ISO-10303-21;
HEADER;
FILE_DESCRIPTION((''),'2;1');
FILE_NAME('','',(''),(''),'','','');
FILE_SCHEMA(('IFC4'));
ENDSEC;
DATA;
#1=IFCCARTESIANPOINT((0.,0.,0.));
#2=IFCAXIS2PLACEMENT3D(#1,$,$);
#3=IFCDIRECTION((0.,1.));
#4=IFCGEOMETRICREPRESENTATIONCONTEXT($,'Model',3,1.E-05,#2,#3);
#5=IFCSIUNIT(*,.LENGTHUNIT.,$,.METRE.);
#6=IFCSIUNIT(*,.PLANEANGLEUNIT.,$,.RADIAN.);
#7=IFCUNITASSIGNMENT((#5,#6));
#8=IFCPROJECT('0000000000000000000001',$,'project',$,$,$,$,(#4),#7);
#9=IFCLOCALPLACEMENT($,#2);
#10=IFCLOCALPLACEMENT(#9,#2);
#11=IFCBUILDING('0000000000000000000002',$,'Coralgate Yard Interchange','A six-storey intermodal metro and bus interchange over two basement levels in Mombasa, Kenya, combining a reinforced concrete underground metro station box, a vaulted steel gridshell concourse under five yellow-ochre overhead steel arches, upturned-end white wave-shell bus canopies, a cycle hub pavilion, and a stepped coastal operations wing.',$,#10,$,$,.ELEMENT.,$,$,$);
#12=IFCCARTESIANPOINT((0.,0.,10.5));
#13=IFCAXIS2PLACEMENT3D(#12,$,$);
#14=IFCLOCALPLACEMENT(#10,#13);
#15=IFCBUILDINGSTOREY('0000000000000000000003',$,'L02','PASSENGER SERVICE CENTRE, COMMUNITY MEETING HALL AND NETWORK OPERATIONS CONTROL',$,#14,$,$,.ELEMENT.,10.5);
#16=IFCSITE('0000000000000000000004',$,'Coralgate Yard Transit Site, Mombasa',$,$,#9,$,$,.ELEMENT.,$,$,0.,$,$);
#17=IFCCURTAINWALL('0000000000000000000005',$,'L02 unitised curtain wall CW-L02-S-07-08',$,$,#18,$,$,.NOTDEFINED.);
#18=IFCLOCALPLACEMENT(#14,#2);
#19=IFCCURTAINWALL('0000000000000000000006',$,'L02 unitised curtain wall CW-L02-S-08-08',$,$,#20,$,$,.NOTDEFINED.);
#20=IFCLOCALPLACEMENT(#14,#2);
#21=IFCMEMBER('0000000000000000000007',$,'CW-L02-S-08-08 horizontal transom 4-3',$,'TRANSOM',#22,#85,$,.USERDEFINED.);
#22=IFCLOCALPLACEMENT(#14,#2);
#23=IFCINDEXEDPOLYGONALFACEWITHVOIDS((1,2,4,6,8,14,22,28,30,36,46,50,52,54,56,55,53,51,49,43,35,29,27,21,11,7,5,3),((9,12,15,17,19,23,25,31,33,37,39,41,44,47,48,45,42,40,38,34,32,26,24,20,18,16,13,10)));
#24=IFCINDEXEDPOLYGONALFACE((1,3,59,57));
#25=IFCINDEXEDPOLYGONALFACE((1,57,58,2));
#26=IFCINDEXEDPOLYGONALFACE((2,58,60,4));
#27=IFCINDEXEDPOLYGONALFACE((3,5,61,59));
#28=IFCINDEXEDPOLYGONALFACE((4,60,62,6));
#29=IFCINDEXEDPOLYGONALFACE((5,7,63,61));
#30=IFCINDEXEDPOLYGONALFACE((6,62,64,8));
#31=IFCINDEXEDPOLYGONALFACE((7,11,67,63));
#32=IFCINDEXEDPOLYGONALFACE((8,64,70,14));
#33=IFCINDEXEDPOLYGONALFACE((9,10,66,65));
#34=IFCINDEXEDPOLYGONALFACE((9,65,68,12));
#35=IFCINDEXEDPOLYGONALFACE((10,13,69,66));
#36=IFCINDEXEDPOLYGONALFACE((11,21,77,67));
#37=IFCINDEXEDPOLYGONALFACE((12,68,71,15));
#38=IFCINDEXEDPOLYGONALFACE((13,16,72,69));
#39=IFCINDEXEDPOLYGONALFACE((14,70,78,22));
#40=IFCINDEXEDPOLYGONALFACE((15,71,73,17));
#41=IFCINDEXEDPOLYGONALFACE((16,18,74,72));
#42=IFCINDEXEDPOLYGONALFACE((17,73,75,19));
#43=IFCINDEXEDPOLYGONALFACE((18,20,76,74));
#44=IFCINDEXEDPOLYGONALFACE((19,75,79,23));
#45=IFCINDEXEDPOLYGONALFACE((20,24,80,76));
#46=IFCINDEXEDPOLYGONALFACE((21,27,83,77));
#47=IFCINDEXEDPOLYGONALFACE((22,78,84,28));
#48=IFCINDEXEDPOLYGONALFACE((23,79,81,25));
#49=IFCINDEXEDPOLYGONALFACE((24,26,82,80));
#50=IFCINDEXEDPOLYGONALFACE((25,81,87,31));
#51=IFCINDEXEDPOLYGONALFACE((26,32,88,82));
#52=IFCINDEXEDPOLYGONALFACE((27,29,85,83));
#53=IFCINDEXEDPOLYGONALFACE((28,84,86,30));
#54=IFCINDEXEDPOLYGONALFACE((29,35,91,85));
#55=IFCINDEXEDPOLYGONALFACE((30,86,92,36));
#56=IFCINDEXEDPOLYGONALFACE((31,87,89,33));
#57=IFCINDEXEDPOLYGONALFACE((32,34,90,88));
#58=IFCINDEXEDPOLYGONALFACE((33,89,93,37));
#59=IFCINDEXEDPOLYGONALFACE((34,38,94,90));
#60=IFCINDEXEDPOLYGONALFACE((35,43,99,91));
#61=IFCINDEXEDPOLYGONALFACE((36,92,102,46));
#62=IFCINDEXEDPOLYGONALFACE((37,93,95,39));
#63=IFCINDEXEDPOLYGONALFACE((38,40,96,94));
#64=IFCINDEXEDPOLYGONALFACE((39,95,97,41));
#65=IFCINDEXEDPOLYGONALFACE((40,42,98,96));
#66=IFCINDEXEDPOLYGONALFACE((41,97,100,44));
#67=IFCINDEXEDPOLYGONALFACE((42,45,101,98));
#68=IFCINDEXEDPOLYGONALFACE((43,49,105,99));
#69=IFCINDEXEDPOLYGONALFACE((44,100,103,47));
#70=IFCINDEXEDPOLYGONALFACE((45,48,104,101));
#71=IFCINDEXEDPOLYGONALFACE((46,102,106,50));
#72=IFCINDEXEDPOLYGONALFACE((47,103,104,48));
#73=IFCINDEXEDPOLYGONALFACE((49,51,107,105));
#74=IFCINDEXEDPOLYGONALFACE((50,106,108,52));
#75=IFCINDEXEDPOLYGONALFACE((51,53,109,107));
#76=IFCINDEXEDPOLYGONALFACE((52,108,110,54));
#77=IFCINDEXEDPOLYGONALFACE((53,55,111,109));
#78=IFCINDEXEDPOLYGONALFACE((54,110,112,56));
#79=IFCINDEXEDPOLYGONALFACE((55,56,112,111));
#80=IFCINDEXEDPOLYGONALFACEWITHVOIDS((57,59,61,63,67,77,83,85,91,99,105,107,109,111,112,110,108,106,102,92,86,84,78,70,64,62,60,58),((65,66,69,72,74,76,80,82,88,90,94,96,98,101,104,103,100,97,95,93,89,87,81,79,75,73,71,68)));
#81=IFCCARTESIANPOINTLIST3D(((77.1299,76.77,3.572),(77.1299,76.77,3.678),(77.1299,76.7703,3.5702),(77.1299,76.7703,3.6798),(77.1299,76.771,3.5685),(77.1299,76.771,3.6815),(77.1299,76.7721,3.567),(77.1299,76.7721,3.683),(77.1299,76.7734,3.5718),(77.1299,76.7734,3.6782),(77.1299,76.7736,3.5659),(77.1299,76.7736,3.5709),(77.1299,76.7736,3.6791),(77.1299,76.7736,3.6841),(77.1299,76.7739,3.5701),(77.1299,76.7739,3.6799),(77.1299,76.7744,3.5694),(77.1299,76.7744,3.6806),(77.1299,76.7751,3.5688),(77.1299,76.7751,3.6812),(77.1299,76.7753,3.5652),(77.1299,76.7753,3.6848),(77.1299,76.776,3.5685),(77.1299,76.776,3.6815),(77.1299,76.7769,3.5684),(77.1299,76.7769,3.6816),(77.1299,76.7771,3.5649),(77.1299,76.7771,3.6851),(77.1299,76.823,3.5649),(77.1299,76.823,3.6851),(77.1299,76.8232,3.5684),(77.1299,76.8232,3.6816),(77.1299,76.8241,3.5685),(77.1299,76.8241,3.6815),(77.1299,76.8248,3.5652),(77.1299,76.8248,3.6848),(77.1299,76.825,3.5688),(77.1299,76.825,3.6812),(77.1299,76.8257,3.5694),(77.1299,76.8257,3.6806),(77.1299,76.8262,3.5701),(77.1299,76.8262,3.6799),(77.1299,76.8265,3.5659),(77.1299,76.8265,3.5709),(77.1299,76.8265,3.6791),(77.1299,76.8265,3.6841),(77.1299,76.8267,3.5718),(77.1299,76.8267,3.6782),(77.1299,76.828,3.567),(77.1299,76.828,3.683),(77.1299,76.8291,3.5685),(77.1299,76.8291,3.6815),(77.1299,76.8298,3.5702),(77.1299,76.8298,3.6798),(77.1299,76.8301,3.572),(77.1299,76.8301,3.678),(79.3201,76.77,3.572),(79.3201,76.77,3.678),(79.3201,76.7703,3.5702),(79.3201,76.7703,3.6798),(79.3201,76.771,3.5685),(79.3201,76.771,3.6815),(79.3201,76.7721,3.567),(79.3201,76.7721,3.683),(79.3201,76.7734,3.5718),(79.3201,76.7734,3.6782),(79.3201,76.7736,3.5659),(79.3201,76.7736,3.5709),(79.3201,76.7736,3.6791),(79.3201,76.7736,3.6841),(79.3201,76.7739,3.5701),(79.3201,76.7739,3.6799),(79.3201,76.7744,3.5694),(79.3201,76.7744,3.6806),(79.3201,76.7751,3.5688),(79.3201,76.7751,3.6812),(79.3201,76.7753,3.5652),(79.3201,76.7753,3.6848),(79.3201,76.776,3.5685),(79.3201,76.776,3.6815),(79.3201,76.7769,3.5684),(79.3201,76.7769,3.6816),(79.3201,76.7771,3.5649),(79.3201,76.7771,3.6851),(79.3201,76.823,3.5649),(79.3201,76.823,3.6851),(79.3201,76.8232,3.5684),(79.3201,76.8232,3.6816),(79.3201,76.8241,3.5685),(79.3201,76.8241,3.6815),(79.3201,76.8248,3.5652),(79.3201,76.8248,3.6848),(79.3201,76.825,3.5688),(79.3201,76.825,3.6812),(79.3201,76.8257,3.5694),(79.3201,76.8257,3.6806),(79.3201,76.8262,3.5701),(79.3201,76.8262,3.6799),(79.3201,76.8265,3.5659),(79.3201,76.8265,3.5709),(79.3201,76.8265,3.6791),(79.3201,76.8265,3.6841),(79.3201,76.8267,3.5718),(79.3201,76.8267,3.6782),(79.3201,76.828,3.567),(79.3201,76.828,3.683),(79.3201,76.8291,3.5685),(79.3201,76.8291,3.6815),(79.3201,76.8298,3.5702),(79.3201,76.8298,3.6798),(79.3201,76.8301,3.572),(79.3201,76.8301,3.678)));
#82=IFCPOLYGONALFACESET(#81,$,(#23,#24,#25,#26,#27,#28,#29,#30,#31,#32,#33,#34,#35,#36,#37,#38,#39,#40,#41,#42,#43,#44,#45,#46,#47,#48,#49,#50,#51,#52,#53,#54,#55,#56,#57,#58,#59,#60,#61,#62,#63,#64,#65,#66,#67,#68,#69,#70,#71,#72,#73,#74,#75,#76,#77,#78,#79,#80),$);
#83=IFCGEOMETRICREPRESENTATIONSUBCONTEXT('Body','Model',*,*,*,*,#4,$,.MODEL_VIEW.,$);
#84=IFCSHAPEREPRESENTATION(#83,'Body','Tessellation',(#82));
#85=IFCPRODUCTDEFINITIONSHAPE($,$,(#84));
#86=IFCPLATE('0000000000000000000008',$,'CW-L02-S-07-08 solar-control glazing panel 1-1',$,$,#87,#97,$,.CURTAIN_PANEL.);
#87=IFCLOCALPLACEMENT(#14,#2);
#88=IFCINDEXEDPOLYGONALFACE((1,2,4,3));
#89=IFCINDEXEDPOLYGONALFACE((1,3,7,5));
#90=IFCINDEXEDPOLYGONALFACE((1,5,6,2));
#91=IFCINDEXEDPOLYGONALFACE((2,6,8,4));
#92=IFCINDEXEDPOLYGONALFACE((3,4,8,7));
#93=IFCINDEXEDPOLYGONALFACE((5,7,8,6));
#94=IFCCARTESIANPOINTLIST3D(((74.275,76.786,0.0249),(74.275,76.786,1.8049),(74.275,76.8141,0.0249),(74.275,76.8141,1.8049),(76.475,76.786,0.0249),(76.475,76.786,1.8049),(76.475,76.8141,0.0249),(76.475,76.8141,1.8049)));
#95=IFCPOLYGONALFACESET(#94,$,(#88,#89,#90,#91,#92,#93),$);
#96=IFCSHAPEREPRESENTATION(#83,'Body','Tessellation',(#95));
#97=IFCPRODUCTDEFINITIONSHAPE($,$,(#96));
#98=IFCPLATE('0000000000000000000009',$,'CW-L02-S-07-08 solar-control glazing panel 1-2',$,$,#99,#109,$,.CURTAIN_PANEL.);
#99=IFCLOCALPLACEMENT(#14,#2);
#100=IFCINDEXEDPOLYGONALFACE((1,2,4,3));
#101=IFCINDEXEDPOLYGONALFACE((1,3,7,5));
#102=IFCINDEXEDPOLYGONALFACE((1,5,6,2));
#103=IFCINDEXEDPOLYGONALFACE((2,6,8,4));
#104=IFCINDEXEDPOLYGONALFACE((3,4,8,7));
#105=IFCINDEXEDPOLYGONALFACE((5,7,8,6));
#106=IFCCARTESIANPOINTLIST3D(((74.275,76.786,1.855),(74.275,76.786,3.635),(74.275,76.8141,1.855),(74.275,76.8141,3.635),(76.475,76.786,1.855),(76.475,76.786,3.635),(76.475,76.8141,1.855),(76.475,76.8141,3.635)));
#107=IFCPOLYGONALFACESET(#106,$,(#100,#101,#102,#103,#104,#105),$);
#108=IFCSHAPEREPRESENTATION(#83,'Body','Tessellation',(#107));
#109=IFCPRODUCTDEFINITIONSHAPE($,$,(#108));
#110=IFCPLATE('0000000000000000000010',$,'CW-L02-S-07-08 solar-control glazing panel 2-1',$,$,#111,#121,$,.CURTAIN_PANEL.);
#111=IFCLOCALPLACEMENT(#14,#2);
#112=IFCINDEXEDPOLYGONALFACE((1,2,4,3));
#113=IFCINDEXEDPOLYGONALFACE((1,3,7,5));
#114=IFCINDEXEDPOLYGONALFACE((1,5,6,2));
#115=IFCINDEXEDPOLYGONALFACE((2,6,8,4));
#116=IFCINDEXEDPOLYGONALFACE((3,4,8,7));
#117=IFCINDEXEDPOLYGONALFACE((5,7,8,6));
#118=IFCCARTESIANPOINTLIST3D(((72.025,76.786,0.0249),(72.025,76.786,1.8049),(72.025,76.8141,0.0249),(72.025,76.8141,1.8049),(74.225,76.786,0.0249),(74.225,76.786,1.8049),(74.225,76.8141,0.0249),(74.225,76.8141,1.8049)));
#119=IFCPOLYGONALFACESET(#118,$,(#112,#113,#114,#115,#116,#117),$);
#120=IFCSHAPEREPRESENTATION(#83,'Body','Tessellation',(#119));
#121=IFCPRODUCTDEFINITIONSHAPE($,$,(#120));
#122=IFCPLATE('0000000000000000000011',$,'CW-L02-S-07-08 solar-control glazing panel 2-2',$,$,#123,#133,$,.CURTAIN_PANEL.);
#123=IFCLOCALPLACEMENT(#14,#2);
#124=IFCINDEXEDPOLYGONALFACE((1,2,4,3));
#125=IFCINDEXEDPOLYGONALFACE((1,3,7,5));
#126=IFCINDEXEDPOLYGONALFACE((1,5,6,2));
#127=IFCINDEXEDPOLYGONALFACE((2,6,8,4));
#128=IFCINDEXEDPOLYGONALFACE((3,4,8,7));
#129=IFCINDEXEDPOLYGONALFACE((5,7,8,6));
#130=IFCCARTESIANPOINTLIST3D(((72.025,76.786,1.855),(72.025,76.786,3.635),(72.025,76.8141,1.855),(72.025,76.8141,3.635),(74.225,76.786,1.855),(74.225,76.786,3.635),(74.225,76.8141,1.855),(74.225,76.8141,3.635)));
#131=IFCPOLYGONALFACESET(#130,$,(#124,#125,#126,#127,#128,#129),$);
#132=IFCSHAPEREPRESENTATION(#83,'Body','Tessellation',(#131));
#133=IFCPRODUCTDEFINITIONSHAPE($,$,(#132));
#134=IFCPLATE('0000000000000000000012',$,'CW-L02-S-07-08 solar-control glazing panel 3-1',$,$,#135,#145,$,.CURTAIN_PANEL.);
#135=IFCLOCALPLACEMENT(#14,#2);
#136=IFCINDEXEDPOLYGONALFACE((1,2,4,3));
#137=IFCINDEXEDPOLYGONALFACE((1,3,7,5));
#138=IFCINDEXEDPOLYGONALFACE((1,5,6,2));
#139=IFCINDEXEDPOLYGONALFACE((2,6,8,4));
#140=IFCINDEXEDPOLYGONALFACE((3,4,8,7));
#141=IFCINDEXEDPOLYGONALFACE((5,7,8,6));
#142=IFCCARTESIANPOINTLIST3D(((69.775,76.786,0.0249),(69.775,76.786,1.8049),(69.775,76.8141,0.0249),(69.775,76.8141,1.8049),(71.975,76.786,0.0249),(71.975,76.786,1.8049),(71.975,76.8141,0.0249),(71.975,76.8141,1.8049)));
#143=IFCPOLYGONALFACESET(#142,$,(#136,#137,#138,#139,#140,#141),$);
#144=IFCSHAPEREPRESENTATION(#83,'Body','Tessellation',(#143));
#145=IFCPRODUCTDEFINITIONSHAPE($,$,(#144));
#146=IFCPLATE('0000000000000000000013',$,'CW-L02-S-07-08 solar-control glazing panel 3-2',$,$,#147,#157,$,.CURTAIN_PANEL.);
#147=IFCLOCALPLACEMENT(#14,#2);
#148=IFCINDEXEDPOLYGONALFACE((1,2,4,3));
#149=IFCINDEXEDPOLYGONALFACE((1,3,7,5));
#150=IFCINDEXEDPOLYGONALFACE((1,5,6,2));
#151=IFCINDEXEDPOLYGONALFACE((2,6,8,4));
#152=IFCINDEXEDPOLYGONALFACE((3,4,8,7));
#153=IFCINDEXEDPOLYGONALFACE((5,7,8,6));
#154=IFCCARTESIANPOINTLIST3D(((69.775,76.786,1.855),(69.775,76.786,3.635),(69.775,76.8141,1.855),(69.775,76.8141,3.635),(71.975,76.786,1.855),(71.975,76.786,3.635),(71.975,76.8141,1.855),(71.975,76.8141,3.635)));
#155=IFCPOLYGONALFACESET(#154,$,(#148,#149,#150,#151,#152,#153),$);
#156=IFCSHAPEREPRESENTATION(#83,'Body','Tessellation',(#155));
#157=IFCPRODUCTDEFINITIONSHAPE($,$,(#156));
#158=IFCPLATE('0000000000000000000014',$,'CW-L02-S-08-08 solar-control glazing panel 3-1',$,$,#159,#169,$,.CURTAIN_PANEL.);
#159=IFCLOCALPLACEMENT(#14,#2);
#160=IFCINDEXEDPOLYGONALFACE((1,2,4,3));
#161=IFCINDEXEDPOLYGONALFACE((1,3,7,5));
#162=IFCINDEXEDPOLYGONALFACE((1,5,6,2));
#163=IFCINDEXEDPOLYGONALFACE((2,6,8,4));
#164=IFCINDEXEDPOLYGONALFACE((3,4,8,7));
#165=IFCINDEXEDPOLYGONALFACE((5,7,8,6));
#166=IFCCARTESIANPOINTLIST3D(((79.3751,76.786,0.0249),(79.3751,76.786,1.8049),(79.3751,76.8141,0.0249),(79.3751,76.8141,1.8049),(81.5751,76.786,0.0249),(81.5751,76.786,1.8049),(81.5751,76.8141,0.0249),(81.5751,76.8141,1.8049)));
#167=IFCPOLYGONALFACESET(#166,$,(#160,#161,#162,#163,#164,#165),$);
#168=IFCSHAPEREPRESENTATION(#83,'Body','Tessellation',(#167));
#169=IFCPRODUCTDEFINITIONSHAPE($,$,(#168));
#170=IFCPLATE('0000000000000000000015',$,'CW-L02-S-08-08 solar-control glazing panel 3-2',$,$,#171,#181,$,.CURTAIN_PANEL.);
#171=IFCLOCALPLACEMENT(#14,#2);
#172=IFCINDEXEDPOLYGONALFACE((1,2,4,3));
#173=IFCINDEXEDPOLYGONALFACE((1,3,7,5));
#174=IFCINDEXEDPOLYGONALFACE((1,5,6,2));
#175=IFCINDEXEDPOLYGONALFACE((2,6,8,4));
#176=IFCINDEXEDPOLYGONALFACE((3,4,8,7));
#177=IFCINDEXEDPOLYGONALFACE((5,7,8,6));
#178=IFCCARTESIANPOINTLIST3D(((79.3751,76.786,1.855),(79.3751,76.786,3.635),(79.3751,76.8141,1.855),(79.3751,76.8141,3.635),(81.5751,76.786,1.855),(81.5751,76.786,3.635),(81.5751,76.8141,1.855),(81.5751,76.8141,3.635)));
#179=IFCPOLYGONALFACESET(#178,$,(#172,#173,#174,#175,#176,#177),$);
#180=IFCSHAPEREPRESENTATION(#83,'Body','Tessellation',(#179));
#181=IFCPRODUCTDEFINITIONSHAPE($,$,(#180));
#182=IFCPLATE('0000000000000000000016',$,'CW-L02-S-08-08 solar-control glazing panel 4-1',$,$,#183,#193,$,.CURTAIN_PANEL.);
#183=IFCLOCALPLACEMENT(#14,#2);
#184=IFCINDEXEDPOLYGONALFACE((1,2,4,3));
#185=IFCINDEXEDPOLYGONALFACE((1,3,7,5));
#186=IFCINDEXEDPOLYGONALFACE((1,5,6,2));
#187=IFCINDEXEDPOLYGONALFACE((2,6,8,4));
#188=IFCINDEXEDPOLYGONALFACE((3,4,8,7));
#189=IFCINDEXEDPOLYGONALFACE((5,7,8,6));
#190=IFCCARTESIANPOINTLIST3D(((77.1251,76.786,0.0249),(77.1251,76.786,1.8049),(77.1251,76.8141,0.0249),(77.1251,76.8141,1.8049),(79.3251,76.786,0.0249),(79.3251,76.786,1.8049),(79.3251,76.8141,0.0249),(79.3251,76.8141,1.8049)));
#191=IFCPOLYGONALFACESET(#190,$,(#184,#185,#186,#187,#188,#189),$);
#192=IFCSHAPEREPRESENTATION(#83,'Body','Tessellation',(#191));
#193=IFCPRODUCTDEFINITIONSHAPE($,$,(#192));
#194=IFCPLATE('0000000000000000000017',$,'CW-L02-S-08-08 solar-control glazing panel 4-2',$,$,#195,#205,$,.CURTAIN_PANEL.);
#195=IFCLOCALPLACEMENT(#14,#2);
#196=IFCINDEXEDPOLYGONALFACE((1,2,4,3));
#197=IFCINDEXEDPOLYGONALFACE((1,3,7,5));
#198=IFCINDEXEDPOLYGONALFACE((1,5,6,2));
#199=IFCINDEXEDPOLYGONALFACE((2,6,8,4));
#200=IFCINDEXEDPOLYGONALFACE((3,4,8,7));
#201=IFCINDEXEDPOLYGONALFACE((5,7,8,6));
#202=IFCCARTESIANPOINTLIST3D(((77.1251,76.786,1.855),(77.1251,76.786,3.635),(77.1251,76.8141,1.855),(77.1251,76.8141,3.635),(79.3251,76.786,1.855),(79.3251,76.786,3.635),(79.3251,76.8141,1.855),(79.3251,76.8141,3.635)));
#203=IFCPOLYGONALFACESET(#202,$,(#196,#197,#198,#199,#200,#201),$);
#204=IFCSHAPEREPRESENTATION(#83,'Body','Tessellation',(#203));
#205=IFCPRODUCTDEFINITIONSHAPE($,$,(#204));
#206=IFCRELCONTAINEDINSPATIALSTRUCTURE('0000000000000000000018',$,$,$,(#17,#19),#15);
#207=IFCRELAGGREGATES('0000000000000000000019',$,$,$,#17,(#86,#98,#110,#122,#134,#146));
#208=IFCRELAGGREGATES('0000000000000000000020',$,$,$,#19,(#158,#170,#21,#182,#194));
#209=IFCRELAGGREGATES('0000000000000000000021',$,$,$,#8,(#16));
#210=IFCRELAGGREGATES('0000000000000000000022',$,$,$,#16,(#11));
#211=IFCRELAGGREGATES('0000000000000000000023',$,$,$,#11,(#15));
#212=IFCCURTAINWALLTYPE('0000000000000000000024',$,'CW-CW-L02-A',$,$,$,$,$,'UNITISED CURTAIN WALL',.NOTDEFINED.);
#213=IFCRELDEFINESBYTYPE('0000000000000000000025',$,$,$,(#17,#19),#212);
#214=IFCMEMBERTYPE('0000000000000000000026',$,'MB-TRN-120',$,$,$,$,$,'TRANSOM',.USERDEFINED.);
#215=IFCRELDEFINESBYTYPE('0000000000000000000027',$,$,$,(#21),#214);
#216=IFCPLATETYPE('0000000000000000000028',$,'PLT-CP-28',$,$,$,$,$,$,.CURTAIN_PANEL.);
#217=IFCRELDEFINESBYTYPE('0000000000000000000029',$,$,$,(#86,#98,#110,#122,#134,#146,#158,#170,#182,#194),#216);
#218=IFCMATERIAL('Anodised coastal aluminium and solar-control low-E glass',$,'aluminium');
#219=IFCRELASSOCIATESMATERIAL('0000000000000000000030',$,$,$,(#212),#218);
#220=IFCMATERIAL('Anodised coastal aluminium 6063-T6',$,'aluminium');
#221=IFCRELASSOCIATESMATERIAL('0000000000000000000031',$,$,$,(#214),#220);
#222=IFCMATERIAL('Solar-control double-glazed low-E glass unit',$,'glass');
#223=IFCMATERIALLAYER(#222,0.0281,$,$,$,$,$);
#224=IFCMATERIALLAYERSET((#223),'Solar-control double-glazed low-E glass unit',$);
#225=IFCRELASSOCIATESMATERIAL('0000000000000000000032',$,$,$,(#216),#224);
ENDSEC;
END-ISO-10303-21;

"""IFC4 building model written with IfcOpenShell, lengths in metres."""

from ifc_helpers import new_model, si_unit, direction, frame, origin, origin_2d, place, context, subcontext, project, spatial, rectangle, hollow_rectangle, extrude, material, layer, layer_set, material_profile, profile_set, type_object, element, aggregate, save


model = new_model("IFC4")

# Units and contexts
model_context = context("Model", 3, precision=1e-05, world=origin(), true_north=direction((0.0, 1.0)))
body_context = subcontext(model_context, "Body", "Model", "MODEL_VIEW")
ifc_project = project(units=[si_unit("LENGTHUNIT", "METRE"), si_unit("PLANEANGLEUNIT", "RADIAN")], contexts=[model_context])

# Site, building, storey
site_placement = place(None, origin())
site = spatial("IfcSite", under=ifc_project, at=site_placement, Name="Coralgate Yard Transit Site, Mombasa", CompositionType="ELEMENT", RefElevation=0.0)
building_placement = place(site_placement, origin())
building = spatial("IfcBuilding", under=site, at=building_placement, Name="Coralgate Yard Interchange", Description="A six-storey intermodal metro and bus interchange over two basement levels in Mombasa, Kenya, combining a reinforced concrete underground metro station box, a vaulted steel gridshell concourse under five yellow-ochre overhead steel arches, upturned-end white wave-shell bus canopies, a cycle hub pavilion, and a stepped coastal operations wing.", CompositionType="ELEMENT")
storey_placement = place(building_placement, frame((0.0, 0.0, 10.5)))
storey = spatial("IfcBuildingStorey", under=building, at=storey_placement, Name="L02", Description="PASSENGER SERVICE CENTRE, COMMUNITY MEETING HALL AND NETWORK OPERATIONS CONTROL", CompositionType="ELEMENT", Elevation=10.5)

# Curtain walls
ifc_material_1 = material(Name="Anodised coastal aluminium and solar-control low-E glass", Category="aluminium")
curtain_wall_type = type_object("IfcCurtainWallType", Name="CW-CW-L02-A", ElementType="UNITISED CURTAIN WALL", PredefinedType="NOTDEFINED", material=ifc_material_1)
curtain_wall_1_placement = place(storey_placement, origin())
curtain_wall_1 = element("IfcCurtainWall", 1, at=curtain_wall_1_placement, inside=storey, type_object=curtain_wall_type, Name="L02 unitised curtain wall CW-L02-S-07-08", PredefinedType="NOTDEFINED")
ifc_material_2 = material(Name="Anodised coastal aluminium 6063-T6", Category="aluminium")
curtain_wall_2_placement = place(storey_placement, origin())
curtain_wall_2 = element("IfcCurtainWall", 2, at=curtain_wall_2_placement, inside=storey, type_object=curtain_wall_type, Name="L02 unitised curtain wall CW-L02-S-08-08", PredefinedType="NOTDEFINED")

# Member
ifc_material_profile_1 = material_profile(ifc_material_2, hollow_rectangle(XDim=0.0601, YDim=0.1201, WallThickness=0.0034, InnerFilletRadius=0.0034, OuterFilletRadius=0.0071, at=origin_2d()), Name="ALU 60x120x3.5")
ifc_profile_set_1 = profile_set([ifc_material_profile_1], Name="Anodised coastal aluminium 6063-T6")
member_type_1 = type_object("IfcMemberType", Name="MB-TRN-120", ElementType="TRANSOM", PredefinedType="USERDEFINED", material=ifc_profile_set_1)
member_1_placement = place(storey_placement, frame((79.3201, 76.8, 3.625), z_axis=(-1.0, 0.0, 0.0), x_axis=(0.0, -1.0, 0.0)))
member_1 = element("IfcMember", 3, at=member_1_placement, type_object=member_type_1, Name="CW-L02-S-08-08 horizontal transom 4-3", ObjectType="TRANSOM", PredefinedType="USERDEFINED", context=body_context, shape_type="SweptSolid", body=[
    extrude(hollow_rectangle(XDim=0.0601, YDim=0.1201, WallThickness=0.0034, InnerFilletRadius=0.0034, OuterFilletRadius=0.0071, at=origin_2d()), origin(), (0.0, 0.0, 1.0), 2.1902),
])

# Plates
ifc_material_3 = material(Name="Solar-control double-glazed low-E glass unit", Category="glass")
ifc_layer = layer(ifc_material_3, 0.0281)
ifc_layer_set = layer_set([ifc_layer], Name="Solar-control double-glazed low-E glass unit")
plate_type = type_object("IfcPlateType", Name="PLT-CP-28", PredefinedType="CURTAIN_PANEL", material=ifc_layer_set)
plate_1_placement = place(storey_placement, frame((75.375, 76.8, 0.0249), z_axis=(0.0, 0.0, 1.0), x_axis=(-1.0, 0.0, 0.0)))
plate_1 = element("IfcPlate", 4, at=plate_1_placement, type_object=plate_type, Name="CW-L02-S-07-08 solar-control glazing panel 1-1", PredefinedType="CURTAIN_PANEL", context=body_context, shape_type="SweptSolid", body=[
    extrude(rectangle(XDim=2.2, YDim=0.0281, at=origin_2d()), origin(), (0.0, 0.0, 1.0), 1.78),
])
plate_2_placement = place(storey_placement, frame((75.375, 76.8, 1.855), z_axis=(0.0, 0.0, 1.0), x_axis=(-1.0, 0.0, 0.0)))
plate_2 = element("IfcPlate", 5, at=plate_2_placement, type_object=plate_type, Name="CW-L02-S-07-08 solar-control glazing panel 1-2", PredefinedType="CURTAIN_PANEL", context=body_context, shape_type="SweptSolid", body=[
    extrude(rectangle(XDim=2.2, YDim=0.0281, at=origin_2d()), origin(), (0.0, 0.0, 1.0), 1.78),
])
plate_3_placement = place(storey_placement, frame((73.125, 76.8, 0.0249), z_axis=(0.0, 0.0, 1.0), x_axis=(-1.0, 0.0, 0.0)))
plate_3 = element("IfcPlate", 6, at=plate_3_placement, type_object=plate_type, Name="CW-L02-S-07-08 solar-control glazing panel 2-1", PredefinedType="CURTAIN_PANEL", context=body_context, shape_type="SweptSolid", body=[
    extrude(rectangle(XDim=2.2, YDim=0.0281, at=origin_2d()), origin(), (0.0, 0.0, 1.0), 1.78),
])
plate_4_placement = place(storey_placement, frame((73.125, 76.8, 1.855), z_axis=(0.0, 0.0, 1.0), x_axis=(-1.0, 0.0, 0.0)))
plate_4 = element("IfcPlate", 7, at=plate_4_placement, type_object=plate_type, Name="CW-L02-S-07-08 solar-control glazing panel 2-2", PredefinedType="CURTAIN_PANEL", context=body_context, shape_type="SweptSolid", body=[
    extrude(rectangle(XDim=2.2, YDim=0.0281, at=origin_2d()), origin(), (0.0, 0.0, 1.0), 1.78),
])
plate_5_placement = place(storey_placement, frame((70.875, 76.8, 0.0249), z_axis=(0.0, 0.0, 1.0), x_axis=(-1.0, 0.0, 0.0)))
plate_5 = element("IfcPlate", 8, at=plate_5_placement, type_object=plate_type, Name="CW-L02-S-07-08 solar-control glazing panel 3-1", PredefinedType="CURTAIN_PANEL", context=body_context, shape_type="SweptSolid", body=[
    extrude(rectangle(XDim=2.2, YDim=0.0281, at=origin_2d()), origin(), (0.0, 0.0, 1.0), 1.78),
])
plate_6_placement = place(storey_placement, frame((70.875, 76.8, 1.855), z_axis=(0.0, 0.0, 1.0), x_axis=(-1.0, 0.0, 0.0)))
plate_6 = element("IfcPlate", 9, at=plate_6_placement, type_object=plate_type, Name="CW-L02-S-07-08 solar-control glazing panel 3-2", PredefinedType="CURTAIN_PANEL", context=body_context, shape_type="SweptSolid", body=[
    extrude(rectangle(XDim=2.2, YDim=0.0281, at=origin_2d()), origin(), (0.0, 0.0, 1.0), 1.78),
])
aggregate(curtain_wall_1, [plate_1, plate_2, plate_3, plate_4, plate_5, plate_6])
plate_7_placement = place(storey_placement, frame((80.4751, 76.8, 0.0249), z_axis=(0.0, 0.0, 1.0), x_axis=(-1.0, 0.0, 0.0)))
plate_7 = element("IfcPlate", 10, at=plate_7_placement, type_object=plate_type, Name="CW-L02-S-08-08 solar-control glazing panel 3-1", PredefinedType="CURTAIN_PANEL", context=body_context, shape_type="SweptSolid", body=[
    extrude(rectangle(XDim=2.2, YDim=0.0281, at=origin_2d()), origin(), (0.0, 0.0, 1.0), 1.78),
])
plate_8_placement = place(storey_placement, frame((80.4751, 76.8, 1.855), z_axis=(0.0, 0.0, 1.0), x_axis=(-1.0, 0.0, 0.0)))
plate_8 = element("IfcPlate", 11, at=plate_8_placement, type_object=plate_type, Name="CW-L02-S-08-08 solar-control glazing panel 3-2", PredefinedType="CURTAIN_PANEL", context=body_context, shape_type="SweptSolid", body=[
    extrude(rectangle(XDim=2.2, YDim=0.0281, at=origin_2d()), origin(), (0.0, 0.0, 1.0), 1.78),
])
plate_9_placement = place(storey_placement, frame((78.2251, 76.8, 0.0249), z_axis=(0.0, 0.0, 1.0), x_axis=(-1.0, 0.0, 0.0)))
plate_9 = element("IfcPlate", 12, at=plate_9_placement, type_object=plate_type, Name="CW-L02-S-08-08 solar-control glazing panel 4-1", PredefinedType="CURTAIN_PANEL", context=body_context, shape_type="SweptSolid", body=[
    extrude(rectangle(XDim=2.2, YDim=0.0281, at=origin_2d()), origin(), (0.0, 0.0, 1.0), 1.78),
])
plate_10_placement = place(storey_placement, frame((78.2251, 76.8, 1.855), z_axis=(0.0, 0.0, 1.0), x_axis=(-1.0, 0.0, 0.0)))
plate_10 = element("IfcPlate", 13, at=plate_10_placement, type_object=plate_type, Name="CW-L02-S-08-08 solar-control glazing panel 4-2", PredefinedType="CURTAIN_PANEL", context=body_context, shape_type="SweptSolid", body=[
    extrude(rectangle(XDim=2.2, YDim=0.0281, at=origin_2d()), origin(), (0.0, 0.0, 1.0), 1.78),
])
aggregate(curtain_wall_2, [plate_7, plate_8, member_1, plate_9, plate_10])

save(model, "model.ifc")
